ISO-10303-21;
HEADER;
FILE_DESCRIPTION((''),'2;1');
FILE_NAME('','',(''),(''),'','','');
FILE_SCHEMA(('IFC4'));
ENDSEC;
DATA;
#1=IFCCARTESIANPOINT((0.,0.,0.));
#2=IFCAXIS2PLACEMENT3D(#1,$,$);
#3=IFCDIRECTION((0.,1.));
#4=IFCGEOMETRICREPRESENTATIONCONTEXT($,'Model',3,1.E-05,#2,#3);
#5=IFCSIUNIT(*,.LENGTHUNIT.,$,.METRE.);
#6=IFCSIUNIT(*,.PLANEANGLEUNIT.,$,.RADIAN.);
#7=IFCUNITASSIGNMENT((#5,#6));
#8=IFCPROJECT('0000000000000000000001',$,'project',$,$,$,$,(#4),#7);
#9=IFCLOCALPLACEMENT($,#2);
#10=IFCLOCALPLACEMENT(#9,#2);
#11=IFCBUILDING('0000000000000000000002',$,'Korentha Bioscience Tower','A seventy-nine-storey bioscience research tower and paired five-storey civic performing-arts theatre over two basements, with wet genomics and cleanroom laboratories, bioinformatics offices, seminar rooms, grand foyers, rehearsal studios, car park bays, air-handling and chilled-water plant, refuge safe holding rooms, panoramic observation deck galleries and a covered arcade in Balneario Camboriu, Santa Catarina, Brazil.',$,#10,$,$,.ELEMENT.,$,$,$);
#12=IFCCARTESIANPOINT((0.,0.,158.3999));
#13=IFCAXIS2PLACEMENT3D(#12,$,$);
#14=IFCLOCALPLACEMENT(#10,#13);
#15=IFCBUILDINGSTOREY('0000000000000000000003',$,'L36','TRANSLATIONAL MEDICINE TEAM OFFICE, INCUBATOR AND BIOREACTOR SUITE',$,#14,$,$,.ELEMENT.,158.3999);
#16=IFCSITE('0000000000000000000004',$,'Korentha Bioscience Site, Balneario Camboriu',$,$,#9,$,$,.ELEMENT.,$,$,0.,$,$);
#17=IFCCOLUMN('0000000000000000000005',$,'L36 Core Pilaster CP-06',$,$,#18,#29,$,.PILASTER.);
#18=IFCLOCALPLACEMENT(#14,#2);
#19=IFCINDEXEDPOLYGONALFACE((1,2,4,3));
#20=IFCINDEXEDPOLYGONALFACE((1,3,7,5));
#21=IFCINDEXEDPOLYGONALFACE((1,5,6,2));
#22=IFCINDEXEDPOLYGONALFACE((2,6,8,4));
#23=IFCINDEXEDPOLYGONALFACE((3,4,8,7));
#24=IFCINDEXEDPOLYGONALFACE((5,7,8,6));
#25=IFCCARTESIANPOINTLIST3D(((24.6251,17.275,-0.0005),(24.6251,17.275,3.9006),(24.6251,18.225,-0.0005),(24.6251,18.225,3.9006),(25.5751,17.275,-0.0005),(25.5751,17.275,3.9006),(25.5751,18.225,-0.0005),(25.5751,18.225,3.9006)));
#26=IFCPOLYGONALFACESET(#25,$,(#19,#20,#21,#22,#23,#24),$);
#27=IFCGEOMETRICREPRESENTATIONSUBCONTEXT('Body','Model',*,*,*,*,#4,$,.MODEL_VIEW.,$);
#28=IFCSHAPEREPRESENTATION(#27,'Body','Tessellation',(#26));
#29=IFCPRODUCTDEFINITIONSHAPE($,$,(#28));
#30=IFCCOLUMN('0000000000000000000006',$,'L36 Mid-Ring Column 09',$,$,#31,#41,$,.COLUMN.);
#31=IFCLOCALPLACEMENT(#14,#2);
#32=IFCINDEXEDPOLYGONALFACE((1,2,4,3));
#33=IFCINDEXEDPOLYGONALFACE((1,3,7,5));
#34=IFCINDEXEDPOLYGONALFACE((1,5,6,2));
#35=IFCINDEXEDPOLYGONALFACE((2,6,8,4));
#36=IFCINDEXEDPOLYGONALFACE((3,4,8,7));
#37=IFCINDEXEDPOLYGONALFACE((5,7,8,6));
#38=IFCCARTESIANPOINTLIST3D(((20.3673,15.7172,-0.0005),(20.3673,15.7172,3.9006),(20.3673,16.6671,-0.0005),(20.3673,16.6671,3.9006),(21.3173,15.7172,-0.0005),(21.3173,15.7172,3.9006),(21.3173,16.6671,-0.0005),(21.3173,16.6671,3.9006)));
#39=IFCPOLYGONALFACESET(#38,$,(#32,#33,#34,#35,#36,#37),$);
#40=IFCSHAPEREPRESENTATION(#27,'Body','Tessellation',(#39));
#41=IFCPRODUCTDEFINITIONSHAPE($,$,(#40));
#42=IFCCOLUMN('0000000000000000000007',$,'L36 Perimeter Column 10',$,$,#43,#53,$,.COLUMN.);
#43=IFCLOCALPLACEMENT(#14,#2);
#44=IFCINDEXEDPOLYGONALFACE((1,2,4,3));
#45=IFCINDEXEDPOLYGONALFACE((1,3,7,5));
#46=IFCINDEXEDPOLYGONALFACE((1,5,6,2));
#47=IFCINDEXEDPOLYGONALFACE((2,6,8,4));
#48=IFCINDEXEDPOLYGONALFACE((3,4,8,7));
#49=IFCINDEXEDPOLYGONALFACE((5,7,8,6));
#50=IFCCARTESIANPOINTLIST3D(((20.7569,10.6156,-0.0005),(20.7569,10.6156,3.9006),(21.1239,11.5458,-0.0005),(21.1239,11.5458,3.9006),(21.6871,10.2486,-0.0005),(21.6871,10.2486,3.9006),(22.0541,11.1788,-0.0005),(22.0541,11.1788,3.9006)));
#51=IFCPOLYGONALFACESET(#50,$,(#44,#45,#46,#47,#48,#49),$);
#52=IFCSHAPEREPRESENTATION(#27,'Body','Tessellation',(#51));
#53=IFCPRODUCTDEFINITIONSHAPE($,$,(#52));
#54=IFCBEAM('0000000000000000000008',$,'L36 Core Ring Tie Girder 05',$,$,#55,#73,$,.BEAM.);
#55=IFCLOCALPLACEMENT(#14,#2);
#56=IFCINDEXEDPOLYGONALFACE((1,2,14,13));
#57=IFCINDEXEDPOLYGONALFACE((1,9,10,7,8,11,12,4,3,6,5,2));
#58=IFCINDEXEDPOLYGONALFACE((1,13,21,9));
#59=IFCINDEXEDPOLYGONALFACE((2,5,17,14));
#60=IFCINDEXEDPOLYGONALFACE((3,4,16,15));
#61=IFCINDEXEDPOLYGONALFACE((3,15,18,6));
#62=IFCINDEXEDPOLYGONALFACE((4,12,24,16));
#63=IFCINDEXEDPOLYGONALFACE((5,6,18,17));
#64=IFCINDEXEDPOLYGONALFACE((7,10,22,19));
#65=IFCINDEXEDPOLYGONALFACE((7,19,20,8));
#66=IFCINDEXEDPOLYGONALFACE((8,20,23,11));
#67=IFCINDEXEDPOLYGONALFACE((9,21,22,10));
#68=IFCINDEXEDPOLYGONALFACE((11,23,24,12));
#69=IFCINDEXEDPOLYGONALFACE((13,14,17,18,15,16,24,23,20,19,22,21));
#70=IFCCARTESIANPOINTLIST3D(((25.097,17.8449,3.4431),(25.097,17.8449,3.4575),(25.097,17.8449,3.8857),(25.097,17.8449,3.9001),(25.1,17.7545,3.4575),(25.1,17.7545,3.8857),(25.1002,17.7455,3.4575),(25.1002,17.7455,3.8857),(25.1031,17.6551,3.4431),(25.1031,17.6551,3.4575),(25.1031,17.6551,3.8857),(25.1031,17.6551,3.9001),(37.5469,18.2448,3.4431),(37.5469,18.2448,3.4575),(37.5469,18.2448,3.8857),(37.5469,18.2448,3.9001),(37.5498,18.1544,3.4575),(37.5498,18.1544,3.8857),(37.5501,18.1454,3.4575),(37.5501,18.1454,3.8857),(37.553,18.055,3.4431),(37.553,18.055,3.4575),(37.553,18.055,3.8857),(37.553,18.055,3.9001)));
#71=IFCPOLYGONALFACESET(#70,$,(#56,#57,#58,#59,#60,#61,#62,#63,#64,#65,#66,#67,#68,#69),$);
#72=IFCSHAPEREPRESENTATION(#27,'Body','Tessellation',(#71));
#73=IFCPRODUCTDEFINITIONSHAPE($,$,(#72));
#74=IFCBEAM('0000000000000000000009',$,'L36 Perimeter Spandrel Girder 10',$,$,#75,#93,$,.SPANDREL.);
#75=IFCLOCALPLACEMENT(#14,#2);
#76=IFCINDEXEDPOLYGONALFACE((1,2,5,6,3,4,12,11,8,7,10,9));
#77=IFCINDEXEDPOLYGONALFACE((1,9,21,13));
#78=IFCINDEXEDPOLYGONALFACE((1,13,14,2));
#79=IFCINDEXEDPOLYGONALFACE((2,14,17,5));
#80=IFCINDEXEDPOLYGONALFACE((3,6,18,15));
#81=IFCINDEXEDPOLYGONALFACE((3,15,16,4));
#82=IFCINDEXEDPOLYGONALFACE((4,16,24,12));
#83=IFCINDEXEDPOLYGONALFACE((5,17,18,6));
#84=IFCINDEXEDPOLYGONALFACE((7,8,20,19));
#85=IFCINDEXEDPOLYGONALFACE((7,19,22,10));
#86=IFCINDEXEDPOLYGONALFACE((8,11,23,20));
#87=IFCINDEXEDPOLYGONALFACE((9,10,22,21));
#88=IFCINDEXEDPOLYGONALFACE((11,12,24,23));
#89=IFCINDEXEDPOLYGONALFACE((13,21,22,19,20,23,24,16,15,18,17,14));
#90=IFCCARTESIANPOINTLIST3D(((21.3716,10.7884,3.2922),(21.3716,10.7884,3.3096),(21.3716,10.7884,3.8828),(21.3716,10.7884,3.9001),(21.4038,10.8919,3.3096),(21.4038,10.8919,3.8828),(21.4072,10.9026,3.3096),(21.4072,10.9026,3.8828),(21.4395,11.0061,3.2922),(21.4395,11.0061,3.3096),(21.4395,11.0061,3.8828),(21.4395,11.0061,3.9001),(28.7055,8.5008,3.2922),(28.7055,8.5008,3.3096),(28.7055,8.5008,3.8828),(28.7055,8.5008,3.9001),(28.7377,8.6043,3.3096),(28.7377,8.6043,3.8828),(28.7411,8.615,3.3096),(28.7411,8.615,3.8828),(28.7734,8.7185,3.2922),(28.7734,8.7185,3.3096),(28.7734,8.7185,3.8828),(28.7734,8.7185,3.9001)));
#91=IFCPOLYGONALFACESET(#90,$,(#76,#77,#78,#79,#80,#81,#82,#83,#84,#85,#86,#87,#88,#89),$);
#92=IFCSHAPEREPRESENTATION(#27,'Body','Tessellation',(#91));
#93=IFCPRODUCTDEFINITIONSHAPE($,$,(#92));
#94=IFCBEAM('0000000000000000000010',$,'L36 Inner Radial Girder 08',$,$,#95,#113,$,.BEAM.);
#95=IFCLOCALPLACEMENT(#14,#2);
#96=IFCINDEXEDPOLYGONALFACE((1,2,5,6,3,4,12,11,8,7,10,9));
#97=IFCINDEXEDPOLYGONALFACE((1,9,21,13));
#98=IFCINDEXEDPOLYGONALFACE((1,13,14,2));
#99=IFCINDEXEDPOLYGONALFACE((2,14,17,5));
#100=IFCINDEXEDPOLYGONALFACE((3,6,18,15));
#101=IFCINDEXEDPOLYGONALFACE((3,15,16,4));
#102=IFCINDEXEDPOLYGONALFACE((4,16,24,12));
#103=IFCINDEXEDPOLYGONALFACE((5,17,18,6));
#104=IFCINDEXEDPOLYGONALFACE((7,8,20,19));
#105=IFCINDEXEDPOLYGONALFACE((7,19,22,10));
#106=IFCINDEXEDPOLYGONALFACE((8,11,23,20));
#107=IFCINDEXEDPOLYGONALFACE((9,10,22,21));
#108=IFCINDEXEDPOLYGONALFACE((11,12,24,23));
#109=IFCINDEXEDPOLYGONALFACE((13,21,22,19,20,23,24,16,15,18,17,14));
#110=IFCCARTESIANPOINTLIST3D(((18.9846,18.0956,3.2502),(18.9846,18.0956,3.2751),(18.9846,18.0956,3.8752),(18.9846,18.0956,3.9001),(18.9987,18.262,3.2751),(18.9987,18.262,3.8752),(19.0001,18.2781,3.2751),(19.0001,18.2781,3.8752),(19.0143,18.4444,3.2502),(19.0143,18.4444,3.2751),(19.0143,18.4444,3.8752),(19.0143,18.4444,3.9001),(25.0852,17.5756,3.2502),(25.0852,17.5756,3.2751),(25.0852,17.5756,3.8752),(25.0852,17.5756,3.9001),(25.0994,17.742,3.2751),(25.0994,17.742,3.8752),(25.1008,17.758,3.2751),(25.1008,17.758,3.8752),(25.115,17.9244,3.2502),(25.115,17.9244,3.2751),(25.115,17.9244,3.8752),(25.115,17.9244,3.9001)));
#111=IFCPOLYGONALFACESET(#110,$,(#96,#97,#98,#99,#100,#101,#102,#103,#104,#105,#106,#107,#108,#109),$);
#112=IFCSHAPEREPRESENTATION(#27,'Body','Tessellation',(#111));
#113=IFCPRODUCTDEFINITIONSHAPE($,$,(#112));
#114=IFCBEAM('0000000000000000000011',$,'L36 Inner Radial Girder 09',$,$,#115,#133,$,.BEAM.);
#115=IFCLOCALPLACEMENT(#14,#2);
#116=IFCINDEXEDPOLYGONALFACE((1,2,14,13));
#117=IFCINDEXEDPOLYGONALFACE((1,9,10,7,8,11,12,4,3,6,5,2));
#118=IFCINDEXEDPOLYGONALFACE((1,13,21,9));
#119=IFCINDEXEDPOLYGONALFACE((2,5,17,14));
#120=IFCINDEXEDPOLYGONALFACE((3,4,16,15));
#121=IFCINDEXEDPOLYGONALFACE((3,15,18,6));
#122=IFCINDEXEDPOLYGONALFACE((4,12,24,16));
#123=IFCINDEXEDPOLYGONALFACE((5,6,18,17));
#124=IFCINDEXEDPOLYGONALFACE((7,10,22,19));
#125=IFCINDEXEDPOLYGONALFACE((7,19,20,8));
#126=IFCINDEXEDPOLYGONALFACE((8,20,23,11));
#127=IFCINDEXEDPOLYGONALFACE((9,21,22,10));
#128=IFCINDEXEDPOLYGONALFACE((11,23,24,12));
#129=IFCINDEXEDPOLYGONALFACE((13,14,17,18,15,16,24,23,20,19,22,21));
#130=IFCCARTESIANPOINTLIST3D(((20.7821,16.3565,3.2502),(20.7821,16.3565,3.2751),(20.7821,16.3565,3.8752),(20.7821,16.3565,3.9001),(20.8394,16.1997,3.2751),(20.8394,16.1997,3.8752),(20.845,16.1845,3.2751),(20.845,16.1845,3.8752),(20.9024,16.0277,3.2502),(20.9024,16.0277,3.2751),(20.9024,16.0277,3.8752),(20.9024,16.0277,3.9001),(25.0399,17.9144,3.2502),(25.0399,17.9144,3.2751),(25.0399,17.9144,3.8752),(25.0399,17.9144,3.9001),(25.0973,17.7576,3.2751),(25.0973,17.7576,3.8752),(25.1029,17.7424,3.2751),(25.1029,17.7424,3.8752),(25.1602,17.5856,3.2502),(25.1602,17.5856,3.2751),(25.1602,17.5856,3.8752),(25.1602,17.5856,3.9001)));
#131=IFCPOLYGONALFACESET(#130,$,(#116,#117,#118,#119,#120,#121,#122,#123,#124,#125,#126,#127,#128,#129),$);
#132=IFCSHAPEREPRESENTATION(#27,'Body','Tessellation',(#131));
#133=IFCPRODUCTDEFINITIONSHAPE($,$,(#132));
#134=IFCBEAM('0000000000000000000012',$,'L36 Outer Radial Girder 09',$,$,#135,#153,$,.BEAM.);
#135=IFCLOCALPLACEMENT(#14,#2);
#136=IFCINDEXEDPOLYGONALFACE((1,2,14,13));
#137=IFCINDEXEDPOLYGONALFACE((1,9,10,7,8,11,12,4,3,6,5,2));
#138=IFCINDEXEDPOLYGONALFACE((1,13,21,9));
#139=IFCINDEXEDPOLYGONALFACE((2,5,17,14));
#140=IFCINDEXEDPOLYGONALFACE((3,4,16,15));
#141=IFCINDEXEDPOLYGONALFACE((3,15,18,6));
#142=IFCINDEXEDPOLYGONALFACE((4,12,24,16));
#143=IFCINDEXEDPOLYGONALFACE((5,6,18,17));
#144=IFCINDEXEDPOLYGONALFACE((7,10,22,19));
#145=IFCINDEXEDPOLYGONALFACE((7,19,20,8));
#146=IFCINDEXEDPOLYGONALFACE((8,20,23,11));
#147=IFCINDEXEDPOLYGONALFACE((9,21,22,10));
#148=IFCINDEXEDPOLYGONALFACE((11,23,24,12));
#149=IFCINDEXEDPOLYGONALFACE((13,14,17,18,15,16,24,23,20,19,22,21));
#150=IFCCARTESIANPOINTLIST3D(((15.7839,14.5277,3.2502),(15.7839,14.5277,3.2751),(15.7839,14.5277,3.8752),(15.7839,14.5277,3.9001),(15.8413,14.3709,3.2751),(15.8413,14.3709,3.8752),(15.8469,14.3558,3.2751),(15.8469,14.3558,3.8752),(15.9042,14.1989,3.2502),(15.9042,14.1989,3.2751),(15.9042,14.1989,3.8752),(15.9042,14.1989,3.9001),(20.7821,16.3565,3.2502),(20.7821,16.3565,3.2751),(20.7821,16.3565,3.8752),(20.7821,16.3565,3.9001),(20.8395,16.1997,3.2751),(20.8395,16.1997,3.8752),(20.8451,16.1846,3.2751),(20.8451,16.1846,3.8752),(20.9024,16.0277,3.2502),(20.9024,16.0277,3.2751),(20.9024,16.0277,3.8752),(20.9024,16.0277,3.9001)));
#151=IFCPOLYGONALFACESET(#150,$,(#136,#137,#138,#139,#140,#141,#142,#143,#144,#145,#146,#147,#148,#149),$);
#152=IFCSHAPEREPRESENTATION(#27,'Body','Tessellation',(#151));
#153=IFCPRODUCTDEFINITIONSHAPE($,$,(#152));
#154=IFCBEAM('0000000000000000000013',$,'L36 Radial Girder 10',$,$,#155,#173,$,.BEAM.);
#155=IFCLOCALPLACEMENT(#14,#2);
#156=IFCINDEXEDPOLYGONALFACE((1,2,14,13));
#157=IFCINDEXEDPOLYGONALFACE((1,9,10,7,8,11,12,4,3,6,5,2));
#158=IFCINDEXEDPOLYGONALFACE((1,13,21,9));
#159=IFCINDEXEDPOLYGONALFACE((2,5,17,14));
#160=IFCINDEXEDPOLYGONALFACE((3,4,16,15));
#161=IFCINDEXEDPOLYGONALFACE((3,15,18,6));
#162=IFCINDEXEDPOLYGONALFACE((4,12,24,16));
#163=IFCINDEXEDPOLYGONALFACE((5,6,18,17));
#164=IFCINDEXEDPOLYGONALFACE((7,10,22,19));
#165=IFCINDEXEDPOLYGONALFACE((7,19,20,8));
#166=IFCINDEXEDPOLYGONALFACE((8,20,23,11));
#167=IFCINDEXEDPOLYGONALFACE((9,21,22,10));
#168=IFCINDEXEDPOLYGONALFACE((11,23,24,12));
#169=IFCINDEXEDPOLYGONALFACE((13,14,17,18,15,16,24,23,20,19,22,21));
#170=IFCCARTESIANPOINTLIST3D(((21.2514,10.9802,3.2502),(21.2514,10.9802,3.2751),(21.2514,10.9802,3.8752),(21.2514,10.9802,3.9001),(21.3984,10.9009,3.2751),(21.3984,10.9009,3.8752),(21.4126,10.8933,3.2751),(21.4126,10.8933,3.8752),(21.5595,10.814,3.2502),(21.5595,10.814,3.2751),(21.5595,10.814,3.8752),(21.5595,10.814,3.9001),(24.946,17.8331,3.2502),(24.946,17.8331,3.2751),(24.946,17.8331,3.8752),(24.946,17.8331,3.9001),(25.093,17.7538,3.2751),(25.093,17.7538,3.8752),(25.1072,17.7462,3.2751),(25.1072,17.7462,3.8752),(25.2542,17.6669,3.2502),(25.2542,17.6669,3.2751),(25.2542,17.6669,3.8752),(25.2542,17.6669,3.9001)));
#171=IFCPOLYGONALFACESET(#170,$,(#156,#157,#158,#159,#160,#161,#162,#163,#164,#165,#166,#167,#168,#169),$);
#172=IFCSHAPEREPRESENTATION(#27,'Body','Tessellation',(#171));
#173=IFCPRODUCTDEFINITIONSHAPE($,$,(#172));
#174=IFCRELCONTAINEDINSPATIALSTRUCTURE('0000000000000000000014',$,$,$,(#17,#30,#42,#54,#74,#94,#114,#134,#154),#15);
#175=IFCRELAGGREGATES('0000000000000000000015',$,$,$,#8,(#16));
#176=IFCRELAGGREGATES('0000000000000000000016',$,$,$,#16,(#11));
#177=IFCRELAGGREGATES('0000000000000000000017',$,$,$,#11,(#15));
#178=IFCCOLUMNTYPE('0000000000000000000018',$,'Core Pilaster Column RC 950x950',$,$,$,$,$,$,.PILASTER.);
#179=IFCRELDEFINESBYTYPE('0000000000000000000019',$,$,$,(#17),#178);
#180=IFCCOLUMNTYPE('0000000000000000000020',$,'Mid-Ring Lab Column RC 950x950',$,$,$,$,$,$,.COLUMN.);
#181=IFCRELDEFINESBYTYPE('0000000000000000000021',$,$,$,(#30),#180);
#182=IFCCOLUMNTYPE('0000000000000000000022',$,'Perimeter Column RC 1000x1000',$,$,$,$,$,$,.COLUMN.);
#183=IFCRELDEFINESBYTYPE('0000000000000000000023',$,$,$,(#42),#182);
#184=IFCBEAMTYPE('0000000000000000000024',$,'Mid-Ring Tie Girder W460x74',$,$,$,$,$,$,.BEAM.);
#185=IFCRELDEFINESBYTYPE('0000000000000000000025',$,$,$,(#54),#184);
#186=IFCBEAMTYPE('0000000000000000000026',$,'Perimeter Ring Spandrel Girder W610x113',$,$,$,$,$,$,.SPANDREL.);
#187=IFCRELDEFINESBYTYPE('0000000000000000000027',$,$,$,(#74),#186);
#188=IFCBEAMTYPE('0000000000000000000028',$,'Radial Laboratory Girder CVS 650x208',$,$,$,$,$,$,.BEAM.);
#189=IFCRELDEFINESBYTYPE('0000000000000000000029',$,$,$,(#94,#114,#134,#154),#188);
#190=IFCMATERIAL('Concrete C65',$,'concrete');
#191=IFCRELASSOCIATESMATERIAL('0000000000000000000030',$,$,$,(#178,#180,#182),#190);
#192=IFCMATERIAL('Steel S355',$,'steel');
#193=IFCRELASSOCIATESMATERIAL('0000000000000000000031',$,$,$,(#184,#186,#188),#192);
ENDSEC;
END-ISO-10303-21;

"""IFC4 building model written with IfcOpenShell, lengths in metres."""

from ifc_helpers import new_model, si_unit, direction, frame, origin, origin_2d, place, context, subcontext, project, spatial, rectangle, i_section, extrude, material, material_profile, profile_set, type_object, element, save


model = new_model("IFC4")

# Units and contexts
model_context = context("Model", 3, precision=1e-05, world=origin(), true_north=direction((0.0, 1.0)))
body_context = subcontext(model_context, "Body", "Model", "MODEL_VIEW")
ifc_project = project(units=[si_unit("LENGTHUNIT", "METRE"), si_unit("PLANEANGLEUNIT", "RADIAN")], contexts=[model_context])

# Site, building, storey
site_placement = place(None, origin())
site = spatial("IfcSite", under=ifc_project, at=site_placement, Name="Korentha Bioscience Site, Balneario Camboriu", CompositionType="ELEMENT", RefElevation=0.0)
building_placement = place(site_placement, origin())
building = spatial("IfcBuilding", under=site, at=building_placement, Name="Korentha Bioscience Tower", Description="A seventy-nine-storey bioscience research tower and paired five-storey civic performing-arts theatre over two basements, with wet genomics and cleanroom laboratories, bioinformatics offices, seminar rooms, grand foyers, rehearsal studios, car park bays, air-handling and chilled-water plant, refuge safe holding rooms, panoramic observation deck galleries and a covered arcade in Balneario Camboriu, Santa Catarina, Brazil.", CompositionType="ELEMENT")
storey_placement = place(building_placement, frame((0.0, 0.0, 158.3999)))
storey = spatial("IfcBuildingStorey", under=building, at=storey_placement, Name="L36", Description="TRANSLATIONAL MEDICINE TEAM OFFICE, INCUBATOR AND BIOREACTOR SUITE", CompositionType="ELEMENT", Elevation=158.3999)

# Columns
ifc_material_1 = material(Name="Concrete C65", Category="concrete")
ifc_material_profile_1 = material_profile(ifc_material_1, rectangle(XDim=0.95, YDim=0.95, at=origin_2d()), Name="Concrete C65")
ifc_profile_set_1 = profile_set([ifc_material_profile_1], Name="Concrete C65 (COL-CP09)")
column_type_1 = type_object("IfcColumnType", Name="Core Pilaster Column RC 950x950", PredefinedType="PILASTER", material=ifc_profile_set_1)
column_1_placement = place(storey_placement, frame((25.1001, 17.75, -0.0005), z_axis=(0.0, 0.0, 1.0), x_axis=(1.0, 0.0, 0.0)))
element("IfcColumn", 1, at=column_1_placement, inside=storey, type_object=column_type_1, Name="L36 Core Pilaster CP-06", PredefinedType="PILASTER", context=body_context, shape_type="SweptSolid", body=[
    extrude(rectangle(XDim=0.95, YDim=0.95, at=origin_2d()), origin(), (0.0, 0.0, 1.0), 3.9011),
])
ifc_material_profile_2 = material_profile(ifc_material_1, rectangle(XDim=0.95, YDim=0.95, at=origin_2d()), Name="Concrete C65")
ifc_profile_set_2 = profile_set([ifc_material_profile_2], Name="Concrete C65 (COL-MR09)")
column_type_2 = type_object("IfcColumnType", Name="Mid-Ring Lab Column RC 950x950", PredefinedType="COLUMN", material=ifc_profile_set_2)
column_2_placement = place(storey_placement, frame((20.8423, 16.1921, -0.0005), z_axis=(0.0, 0.0, 1.0), x_axis=(1.0, 0.0, 0.0)))
element("IfcColumn", 2, at=column_2_placement, inside=storey, type_object=column_type_2, Name="L36 Mid-Ring Column 09", PredefinedType="COLUMN", context=body_context, shape_type="SweptSolid", body=[
    extrude(rectangle(XDim=0.95, YDim=0.95, at=origin_2d()), origin(), (0.0, 0.0, 1.0), 3.9011),
])
ifc_material_profile_3 = material_profile(ifc_material_1, rectangle(XDim=1.0, YDim=1.0, at=origin_2d()), Name="Concrete C65")
ifc_profile_set_3 = profile_set([ifc_material_profile_3], Name="Concrete C65 (COL-P10)")
column_type_3 = type_object("IfcColumnType", Name="Perimeter Column RC 1000x1000", PredefinedType="COLUMN", material=ifc_profile_set_3)
column_3_placement = place(storey_placement, frame((21.4055, 10.8972, -0.0005), z_axis=(0.0, 0.0, 1.0), x_axis=(-0.930226, 0.366988, 0.0)))
element("IfcColumn", 3, at=column_3_placement, inside=storey, type_object=column_type_3, Name="L36 Perimeter Column 10", PredefinedType="COLUMN", context=body_context, shape_type="SweptSolid", body=[
    extrude(rectangle(XDim=1.0, YDim=1.0, at=origin_2d()), origin(), (0.0, 0.0, 1.0), 3.9011),
])

# Beams
ifc_material_2 = material(Name="Steel S355", Category="steel")
ifc_material_profile_4 = material_profile(ifc_material_2, i_section(OverallWidth=0.1899, OverallDepth=0.457, WebThickness=0.009, FlangeThickness=0.0144, at=origin_2d()), Name="Steel S355")
ifc_profile_set_4 = profile_set([ifc_material_profile_4], Name="Steel S355 (MB-460)")
beam_type_1 = type_object("IfcBeamType", Name="Mid-Ring Tie Girder W460x74", PredefinedType="BEAM", material=ifc_profile_set_4)
beam_1_placement = place(storey_placement, frame((25.1001, 17.75, 3.6716), z_axis=(0.999485, 0.032104, 0.0), x_axis=(-0.032104, 0.999485, 0.0)))
element("IfcBeam", 4, at=beam_1_placement, inside=storey, type_object=beam_type_1, Name="L36 Core Ring Tie Girder 05", PredefinedType="BEAM", context=body_context, shape_type="SweptSolid", body=[
    extrude(i_section(OverallWidth=0.1899, OverallDepth=0.457, WebThickness=0.009, FlangeThickness=0.0144, at=origin_2d()), origin(), (0.0, 0.0, 1.0), 12.4563),
])
ifc_material_profile_5 = material_profile(ifc_material_2, i_section(OverallWidth=0.228, OverallDepth=0.6079, WebThickness=0.0112, FlangeThickness=0.0173, at=origin_2d()), Name="Steel S355")
ifc_profile_set_5 = profile_set([ifc_material_profile_5], Name="Steel S355 (SB-610)")
beam_type_2 = type_object("IfcBeamType", Name="Perimeter Ring Spandrel Girder W610x113", PredefinedType="SPANDREL", material=ifc_profile_set_5)
beam_2_placement = place(storey_placement, frame((21.4055, 10.8972, 3.5962), z_axis=(0.954638, -0.297768, 0.0), x_axis=(0.297768, 0.954638, 0.0)))
element("IfcBeam", 5, at=beam_2_placement, inside=storey, type_object=beam_type_2, Name="L36 Perimeter Spandrel Girder 10", PredefinedType="SPANDREL", context=body_context, shape_type="SweptSolid", body=[
    extrude(i_section(OverallWidth=0.228, OverallDepth=0.6079, WebThickness=0.0112, FlangeThickness=0.0173, at=origin_2d()), origin(), (0.0, 0.0, 1.0), 7.6824),
])
ifc_material_profile_6 = material_profile(ifc_material_2, i_section(OverallWidth=0.3501, OverallDepth=0.6499, WebThickness=0.0161, FlangeThickness=0.0249, at=origin_2d()), Name="Steel S355")
ifc_profile_set_6 = profile_set([ifc_material_profile_6], Name="Steel S355 (RB-650)")
beam_type_3 = type_object("IfcBeamType", Name="Radial Laboratory Girder CVS 650x208", PredefinedType="BEAM", material=ifc_profile_set_6)
beam_3_placement = place(storey_placement, frame((25.1001, 17.75, 3.5752), z_axis=(-0.996387, 0.084933, 0.0), x_axis=(-0.084933, -0.996387, 0.0)))
element("IfcBeam", 6, at=beam_3_placement, inside=storey, type_object=beam_type_3, Name="L36 Inner Radial Girder 08", PredefinedType="BEAM", context=body_context, shape_type="SweptSolid", body=[
    extrude(i_section(OverallWidth=0.3501, OverallDepth=0.6499, WebThickness=0.0161, FlangeThickness=0.0249, at=origin_2d()), origin(), (0.0, 0.0, 1.0), 6.1228),
])
beam_4_placement = place(storey_placement, frame((25.1001, 17.75, 3.5752), z_axis=(-0.939114, -0.343606, 0.0), x_axis=(0.343606, -0.939114, 0.0)))
element("IfcBeam", 7, at=beam_4_placement, inside=storey, type_object=beam_type_3, Name="L36 Inner Radial Girder 09", PredefinedType="BEAM", context=body_context, shape_type="SweptSolid", body=[
    extrude(i_section(OverallWidth=0.3501, OverallDepth=0.6499, WebThickness=0.0161, FlangeThickness=0.0249, at=origin_2d()), origin(), (0.0, 0.0, 1.0), 4.5339),
])
beam_5_placement = place(storey_placement, frame((20.8423, 16.1921, 3.5752), z_axis=(-0.93911, -0.343617, 0.0), x_axis=(0.343617, -0.93911, 0.0)))
element("IfcBeam", 8, at=beam_5_placement, inside=storey, type_object=beam_type_3, Name="L36 Outer Radial Girder 09", PredefinedType="BEAM", context=body_context, shape_type="SweptSolid", body=[
    extrude(i_section(OverallWidth=0.3501, OverallDepth=0.6499, WebThickness=0.0161, FlangeThickness=0.0249, at=origin_2d()), origin(), (0.0, 0.0, 1.0), 5.3223),
])
beam_6_placement = place(storey_placement, frame((25.1001, 17.75, 3.5752), z_axis=(-0.47456, -0.880223, 0.0), x_axis=(0.880223, -0.47456, 0.0)))
element("IfcBeam", 9, at=beam_6_placement, inside=storey, type_object=beam_type_3, Name="L36 Radial Girder 10", PredefinedType="BEAM", context=body_context, shape_type="SweptSolid", body=[
    extrude(i_section(OverallWidth=0.3501, OverallDepth=0.6499, WebThickness=0.0161, FlangeThickness=0.0249, at=origin_2d()), origin(), (0.0, 0.0, 1.0), 7.7854),
])

save(model, "model.ifc")
